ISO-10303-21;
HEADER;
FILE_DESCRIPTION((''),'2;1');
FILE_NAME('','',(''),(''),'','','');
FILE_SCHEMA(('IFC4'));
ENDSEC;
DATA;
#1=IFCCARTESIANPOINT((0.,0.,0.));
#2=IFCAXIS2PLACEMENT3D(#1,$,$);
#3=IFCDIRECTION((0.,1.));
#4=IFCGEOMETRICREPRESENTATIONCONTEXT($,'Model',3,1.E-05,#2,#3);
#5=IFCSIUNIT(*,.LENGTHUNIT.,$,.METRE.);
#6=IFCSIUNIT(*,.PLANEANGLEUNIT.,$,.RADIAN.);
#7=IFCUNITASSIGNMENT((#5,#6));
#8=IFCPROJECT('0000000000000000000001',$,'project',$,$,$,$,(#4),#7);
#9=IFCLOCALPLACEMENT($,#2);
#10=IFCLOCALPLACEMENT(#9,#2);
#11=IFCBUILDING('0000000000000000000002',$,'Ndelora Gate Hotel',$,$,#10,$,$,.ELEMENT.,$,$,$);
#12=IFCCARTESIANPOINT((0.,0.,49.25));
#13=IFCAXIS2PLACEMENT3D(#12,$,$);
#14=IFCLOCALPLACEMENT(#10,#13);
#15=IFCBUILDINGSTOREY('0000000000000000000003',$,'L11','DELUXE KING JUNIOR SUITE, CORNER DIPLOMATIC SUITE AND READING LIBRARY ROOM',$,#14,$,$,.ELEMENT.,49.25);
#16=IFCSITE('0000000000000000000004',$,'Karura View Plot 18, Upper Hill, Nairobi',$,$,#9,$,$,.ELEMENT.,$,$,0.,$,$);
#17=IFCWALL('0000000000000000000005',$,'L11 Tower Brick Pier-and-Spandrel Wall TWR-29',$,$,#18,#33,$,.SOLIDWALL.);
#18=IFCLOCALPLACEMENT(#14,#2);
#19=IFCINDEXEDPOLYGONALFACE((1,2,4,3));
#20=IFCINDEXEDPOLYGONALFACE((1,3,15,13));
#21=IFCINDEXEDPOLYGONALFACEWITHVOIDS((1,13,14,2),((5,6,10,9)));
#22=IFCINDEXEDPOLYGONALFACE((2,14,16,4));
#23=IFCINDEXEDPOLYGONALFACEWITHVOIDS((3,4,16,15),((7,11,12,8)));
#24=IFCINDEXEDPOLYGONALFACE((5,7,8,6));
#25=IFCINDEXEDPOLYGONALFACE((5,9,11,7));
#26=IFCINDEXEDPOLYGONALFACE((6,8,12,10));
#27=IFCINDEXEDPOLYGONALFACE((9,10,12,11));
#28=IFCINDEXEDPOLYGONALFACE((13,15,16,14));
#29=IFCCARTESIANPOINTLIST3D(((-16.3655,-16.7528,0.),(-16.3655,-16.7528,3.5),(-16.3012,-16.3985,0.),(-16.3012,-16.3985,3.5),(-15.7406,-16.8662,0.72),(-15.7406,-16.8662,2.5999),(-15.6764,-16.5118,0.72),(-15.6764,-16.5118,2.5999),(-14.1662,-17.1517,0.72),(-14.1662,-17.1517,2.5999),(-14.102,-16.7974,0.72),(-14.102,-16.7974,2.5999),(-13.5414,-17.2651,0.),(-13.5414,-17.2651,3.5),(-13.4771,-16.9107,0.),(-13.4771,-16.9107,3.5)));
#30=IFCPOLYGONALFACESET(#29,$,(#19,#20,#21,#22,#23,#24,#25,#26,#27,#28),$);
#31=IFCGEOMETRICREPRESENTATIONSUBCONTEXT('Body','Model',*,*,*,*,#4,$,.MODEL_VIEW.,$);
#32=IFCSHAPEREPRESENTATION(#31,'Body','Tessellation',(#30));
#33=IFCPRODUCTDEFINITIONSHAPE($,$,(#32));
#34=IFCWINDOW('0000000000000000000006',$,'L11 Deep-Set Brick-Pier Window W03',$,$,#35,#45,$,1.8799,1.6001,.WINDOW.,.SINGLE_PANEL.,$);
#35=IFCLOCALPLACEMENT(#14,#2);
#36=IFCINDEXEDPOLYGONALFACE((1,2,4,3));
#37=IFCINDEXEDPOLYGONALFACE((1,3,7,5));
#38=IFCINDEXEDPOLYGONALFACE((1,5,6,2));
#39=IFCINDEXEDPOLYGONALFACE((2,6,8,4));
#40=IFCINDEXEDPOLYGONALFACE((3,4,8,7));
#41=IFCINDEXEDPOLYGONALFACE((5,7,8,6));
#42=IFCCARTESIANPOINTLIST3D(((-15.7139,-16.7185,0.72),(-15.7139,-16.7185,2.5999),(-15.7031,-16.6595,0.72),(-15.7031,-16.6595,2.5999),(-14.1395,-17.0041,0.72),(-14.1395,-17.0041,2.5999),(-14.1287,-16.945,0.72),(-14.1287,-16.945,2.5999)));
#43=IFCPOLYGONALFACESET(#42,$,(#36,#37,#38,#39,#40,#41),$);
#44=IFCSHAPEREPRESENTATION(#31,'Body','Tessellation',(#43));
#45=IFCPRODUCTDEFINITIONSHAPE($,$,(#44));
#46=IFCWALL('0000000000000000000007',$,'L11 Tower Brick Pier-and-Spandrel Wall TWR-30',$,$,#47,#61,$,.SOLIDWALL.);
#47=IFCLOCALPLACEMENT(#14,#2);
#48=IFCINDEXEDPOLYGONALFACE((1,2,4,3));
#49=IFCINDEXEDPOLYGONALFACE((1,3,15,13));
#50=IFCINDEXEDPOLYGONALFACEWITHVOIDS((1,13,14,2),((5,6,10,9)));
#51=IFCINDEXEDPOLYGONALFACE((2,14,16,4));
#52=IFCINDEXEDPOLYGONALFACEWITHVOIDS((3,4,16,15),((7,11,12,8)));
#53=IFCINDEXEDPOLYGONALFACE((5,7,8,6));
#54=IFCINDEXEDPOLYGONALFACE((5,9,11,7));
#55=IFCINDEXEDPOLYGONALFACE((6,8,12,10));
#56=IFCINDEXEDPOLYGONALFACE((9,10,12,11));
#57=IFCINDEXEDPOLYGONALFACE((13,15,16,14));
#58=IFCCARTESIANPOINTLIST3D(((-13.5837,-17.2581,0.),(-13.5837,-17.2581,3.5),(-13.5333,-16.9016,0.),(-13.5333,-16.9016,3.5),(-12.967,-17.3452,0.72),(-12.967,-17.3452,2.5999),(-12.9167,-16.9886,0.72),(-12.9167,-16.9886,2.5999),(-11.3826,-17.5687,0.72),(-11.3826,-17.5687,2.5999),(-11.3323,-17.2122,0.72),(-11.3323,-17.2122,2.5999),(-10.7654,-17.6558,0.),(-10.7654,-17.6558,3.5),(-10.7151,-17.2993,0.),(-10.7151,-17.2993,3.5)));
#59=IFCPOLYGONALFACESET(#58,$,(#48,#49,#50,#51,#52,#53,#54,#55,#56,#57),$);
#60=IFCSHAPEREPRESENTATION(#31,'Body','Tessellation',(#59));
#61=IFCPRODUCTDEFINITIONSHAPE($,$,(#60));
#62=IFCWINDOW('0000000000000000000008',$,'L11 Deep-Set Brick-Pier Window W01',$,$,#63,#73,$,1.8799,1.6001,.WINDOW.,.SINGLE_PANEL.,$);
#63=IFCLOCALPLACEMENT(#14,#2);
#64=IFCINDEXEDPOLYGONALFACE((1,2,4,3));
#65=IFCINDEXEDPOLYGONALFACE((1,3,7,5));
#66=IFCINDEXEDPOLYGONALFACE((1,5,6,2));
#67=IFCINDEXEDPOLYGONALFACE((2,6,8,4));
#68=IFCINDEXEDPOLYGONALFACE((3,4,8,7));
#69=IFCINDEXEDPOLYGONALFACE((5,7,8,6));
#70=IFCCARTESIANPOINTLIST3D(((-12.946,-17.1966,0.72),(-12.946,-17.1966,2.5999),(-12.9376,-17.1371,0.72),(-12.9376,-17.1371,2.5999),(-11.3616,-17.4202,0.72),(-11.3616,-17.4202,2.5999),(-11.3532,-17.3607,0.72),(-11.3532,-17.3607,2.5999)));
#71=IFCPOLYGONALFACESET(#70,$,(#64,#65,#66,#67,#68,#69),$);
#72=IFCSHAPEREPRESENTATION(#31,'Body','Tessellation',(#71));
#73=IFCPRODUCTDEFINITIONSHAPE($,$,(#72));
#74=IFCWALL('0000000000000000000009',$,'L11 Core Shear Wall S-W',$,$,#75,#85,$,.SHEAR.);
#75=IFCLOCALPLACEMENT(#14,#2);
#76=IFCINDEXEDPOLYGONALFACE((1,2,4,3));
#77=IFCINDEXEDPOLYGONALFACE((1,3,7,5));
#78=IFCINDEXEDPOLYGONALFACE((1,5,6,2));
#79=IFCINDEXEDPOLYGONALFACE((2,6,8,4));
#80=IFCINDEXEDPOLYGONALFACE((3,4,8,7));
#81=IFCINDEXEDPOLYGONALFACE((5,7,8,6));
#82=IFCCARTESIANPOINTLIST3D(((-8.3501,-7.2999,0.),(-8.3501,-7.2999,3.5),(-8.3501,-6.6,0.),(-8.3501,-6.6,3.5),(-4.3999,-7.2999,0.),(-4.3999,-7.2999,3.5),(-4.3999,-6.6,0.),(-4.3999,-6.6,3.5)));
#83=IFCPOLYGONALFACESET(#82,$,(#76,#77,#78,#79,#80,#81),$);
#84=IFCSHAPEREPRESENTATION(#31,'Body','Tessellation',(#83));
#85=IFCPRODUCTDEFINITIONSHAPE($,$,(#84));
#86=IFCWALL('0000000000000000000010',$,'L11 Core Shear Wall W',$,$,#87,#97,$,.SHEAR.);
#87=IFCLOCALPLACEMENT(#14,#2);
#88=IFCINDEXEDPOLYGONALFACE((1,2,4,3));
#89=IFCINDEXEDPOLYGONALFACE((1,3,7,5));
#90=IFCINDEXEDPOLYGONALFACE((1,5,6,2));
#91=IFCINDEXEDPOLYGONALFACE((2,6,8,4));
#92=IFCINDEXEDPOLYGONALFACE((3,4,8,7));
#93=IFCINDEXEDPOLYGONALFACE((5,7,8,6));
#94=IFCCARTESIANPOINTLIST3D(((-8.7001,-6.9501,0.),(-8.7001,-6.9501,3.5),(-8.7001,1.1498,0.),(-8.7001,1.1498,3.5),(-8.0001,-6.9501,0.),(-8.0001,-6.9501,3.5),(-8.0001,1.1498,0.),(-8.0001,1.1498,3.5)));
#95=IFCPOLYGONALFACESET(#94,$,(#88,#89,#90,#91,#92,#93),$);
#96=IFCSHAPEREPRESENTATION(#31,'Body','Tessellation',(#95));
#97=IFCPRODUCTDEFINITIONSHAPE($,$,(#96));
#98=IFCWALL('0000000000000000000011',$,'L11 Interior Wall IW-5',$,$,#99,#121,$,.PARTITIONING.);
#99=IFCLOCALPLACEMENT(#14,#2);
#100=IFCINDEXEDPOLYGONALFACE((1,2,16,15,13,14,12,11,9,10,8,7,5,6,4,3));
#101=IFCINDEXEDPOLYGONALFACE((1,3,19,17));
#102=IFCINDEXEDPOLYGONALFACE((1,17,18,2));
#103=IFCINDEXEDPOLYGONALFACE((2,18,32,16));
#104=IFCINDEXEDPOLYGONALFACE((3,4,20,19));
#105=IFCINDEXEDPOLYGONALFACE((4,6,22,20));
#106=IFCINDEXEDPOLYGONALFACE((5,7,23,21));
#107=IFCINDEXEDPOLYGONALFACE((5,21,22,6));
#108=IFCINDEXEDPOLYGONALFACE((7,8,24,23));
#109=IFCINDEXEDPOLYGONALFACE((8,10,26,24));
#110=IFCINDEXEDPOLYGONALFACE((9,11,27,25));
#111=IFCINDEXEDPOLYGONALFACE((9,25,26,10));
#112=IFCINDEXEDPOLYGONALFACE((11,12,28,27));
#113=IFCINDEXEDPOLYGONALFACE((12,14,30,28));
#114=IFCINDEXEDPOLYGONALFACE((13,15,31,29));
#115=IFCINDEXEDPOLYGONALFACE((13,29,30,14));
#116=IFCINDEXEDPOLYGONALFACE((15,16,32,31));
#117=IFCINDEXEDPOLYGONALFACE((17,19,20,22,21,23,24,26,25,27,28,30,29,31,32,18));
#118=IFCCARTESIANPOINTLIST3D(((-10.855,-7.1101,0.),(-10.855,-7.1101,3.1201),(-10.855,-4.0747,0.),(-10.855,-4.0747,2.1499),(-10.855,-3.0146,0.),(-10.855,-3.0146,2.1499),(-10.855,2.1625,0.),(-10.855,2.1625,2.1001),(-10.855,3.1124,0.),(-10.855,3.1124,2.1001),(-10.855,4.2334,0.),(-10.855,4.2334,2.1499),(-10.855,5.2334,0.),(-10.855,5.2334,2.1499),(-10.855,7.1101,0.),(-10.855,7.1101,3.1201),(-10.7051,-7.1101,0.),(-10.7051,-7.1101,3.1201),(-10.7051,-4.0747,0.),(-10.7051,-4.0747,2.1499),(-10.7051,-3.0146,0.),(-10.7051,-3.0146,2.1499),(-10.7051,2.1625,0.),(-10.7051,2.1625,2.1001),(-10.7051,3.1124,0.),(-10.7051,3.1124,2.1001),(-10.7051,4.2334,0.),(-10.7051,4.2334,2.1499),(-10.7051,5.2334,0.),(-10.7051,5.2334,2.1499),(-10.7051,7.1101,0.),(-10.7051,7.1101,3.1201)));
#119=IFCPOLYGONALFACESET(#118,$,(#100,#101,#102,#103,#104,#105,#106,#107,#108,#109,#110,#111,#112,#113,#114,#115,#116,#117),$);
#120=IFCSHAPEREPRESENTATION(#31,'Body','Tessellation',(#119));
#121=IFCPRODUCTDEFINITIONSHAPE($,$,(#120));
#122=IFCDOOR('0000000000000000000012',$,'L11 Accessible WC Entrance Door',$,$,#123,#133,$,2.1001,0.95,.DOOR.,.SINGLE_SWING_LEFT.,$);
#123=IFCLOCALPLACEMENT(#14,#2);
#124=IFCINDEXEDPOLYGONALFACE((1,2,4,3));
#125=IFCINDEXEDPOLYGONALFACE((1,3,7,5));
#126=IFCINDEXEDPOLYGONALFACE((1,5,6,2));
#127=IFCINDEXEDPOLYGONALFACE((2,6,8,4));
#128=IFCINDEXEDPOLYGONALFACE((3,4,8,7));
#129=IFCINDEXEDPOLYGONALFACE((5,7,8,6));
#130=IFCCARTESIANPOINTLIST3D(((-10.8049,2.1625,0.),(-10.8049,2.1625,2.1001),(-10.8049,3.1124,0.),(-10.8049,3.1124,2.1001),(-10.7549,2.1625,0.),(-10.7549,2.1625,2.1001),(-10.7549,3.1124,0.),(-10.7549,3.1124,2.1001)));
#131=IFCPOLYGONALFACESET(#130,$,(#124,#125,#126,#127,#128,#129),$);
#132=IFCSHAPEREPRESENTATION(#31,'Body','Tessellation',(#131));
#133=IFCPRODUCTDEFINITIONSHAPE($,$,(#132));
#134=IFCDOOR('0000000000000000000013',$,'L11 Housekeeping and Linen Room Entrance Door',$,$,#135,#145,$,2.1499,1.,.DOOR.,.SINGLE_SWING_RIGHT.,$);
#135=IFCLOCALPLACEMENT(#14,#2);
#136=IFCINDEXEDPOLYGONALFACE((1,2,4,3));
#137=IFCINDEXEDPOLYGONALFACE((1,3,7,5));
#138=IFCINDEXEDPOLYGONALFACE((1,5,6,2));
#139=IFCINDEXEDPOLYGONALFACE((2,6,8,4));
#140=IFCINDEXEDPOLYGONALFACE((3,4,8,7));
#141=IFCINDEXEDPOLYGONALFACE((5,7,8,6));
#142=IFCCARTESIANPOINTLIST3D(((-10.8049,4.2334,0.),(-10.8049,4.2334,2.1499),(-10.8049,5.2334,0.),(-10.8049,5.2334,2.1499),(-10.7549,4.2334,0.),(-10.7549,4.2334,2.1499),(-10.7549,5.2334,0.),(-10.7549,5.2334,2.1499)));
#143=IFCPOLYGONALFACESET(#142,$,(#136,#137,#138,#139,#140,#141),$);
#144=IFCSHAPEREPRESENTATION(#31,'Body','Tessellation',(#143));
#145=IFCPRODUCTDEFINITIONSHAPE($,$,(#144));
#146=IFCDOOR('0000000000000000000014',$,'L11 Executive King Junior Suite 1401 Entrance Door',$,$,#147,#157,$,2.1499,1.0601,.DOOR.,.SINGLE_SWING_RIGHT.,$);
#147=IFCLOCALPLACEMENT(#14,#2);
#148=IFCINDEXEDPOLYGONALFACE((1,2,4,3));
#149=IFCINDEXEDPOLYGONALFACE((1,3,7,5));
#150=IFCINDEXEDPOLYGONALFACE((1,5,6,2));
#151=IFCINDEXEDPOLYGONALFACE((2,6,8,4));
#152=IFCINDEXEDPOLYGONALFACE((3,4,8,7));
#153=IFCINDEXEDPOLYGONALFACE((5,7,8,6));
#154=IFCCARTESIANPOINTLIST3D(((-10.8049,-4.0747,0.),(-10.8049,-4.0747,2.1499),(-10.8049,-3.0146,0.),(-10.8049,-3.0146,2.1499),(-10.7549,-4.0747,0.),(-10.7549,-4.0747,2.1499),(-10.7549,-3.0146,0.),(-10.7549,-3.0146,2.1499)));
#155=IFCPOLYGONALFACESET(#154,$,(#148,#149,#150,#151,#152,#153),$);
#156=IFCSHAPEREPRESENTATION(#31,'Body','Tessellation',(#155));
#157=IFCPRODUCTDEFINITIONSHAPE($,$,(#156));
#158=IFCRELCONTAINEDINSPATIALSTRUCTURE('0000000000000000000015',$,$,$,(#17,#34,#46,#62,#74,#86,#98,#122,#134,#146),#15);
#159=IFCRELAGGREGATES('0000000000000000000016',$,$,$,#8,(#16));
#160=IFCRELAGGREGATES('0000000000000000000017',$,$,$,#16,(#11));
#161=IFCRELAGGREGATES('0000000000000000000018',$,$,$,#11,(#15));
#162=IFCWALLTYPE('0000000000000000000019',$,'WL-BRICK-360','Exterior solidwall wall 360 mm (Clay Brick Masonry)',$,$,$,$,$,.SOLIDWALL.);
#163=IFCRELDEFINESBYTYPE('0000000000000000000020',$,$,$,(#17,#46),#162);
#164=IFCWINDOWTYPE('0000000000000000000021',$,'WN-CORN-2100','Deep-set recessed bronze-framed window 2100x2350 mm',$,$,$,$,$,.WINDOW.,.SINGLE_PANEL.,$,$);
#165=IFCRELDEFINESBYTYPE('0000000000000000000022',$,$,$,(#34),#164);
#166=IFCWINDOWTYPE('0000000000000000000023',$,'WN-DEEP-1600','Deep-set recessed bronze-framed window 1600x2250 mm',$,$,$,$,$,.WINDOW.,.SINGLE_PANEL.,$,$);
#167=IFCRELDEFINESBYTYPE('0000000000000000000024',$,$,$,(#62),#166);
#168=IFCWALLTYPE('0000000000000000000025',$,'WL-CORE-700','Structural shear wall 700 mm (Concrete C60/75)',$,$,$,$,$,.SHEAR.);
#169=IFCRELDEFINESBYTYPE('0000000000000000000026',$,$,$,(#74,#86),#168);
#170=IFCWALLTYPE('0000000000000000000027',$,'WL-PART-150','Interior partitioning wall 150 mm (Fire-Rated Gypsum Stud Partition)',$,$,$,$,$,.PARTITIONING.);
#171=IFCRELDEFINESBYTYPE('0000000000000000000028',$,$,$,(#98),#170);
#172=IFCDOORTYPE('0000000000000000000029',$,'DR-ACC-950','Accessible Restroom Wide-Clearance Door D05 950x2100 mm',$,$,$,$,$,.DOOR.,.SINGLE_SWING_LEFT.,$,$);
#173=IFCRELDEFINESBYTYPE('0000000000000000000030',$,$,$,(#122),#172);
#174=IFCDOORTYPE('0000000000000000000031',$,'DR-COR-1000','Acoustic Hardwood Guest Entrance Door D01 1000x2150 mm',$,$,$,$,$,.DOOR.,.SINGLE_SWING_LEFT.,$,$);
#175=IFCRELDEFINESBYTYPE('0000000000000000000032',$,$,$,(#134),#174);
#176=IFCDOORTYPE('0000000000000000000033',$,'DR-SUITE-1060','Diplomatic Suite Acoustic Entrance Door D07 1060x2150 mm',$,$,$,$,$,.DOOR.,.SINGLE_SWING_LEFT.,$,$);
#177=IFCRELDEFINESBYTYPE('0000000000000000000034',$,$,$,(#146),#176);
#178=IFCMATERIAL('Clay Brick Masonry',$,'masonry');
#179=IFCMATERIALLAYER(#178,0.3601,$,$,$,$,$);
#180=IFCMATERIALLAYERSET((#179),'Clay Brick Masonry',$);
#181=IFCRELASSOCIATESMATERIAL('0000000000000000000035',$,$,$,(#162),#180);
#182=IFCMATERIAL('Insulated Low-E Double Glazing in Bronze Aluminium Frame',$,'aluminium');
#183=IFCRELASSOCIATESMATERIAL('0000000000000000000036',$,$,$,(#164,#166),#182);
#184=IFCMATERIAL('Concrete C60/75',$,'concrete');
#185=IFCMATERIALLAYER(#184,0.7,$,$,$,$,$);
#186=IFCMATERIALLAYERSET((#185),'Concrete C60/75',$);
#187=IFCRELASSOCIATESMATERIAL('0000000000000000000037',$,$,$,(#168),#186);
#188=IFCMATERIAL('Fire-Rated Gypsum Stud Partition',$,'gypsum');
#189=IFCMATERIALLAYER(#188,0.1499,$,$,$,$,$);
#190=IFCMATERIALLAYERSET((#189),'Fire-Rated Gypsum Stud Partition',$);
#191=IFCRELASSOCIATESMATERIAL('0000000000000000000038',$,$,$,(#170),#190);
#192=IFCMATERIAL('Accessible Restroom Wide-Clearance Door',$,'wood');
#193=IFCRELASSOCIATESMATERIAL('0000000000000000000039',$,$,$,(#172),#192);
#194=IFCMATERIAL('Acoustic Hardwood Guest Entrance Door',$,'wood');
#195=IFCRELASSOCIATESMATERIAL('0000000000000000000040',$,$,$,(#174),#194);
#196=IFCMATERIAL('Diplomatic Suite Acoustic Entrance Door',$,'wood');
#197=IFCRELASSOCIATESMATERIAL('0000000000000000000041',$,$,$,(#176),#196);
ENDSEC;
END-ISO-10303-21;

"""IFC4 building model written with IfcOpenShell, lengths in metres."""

from ifc_helpers import new_model, si_unit, direction, frame, frame_2d, origin, place, context, subcontext, project, spatial, rectangle, extrude, material, layer, layer_set, type_object, element, fill, save


model = new_model("IFC4")

# Units and contexts
model_context = context("Model", 3, precision=1e-05, world=origin(), true_north=direction((0.0, 1.0)))
body_context = subcontext(model_context, "Body", "Model", "MODEL_VIEW")
ifc_project = project(units=[si_unit("LENGTHUNIT", "METRE"), si_unit("PLANEANGLEUNIT", "RADIAN")], contexts=[model_context])

# Site, building, storey
site_placement = place(None, origin())
site = spatial("IfcSite", under=ifc_project, at=site_placement, Name="Karura View Plot 18, Upper Hill, Nairobi", CompositionType="ELEMENT", RefElevation=0.0)
building_placement = place(site_placement, origin())
building = spatial("IfcBuilding", under=site, at=building_placement, Name="Ndelora Gate Hotel", CompositionType="ELEMENT")
storey_placement = place(building_placement, frame((0.0, 0.0, 49.25)))
storey = spatial("IfcBuildingStorey", under=building, at=storey_placement, Name="L11", Description="DELUXE KING JUNIOR SUITE, CORNER DIPLOMATIC SUITE AND READING LIBRARY ROOM", CompositionType="ELEMENT", Elevation=49.25)

# Shared definitions
ifc_material_1 = material(Name="Concrete C60/75", Category="concrete")

# Walls, openings, windows
ifc_material_2 = material(Name="Clay Brick Masonry", Category="masonry")
ifc_layer_1 = layer(ifc_material_2, 0.3601)
ifc_layer_set_1 = layer_set([ifc_layer_1], Name="Clay Brick Masonry")
wall_type_1 = type_object("IfcWallType", Name="WL-BRICK-360", Description="Exterior solidwall wall 360 mm (Clay Brick Masonry)", PredefinedType="SOLIDWALL", material=ifc_layer_set_1)
wall_1_placement = place(storey_placement, frame((-13.5093, -17.0879, 0.0), z_axis=(0.0, 0.0, 1.0), x_axis=(-0.983946, 0.178466, 0.0)))
wall_1 = element("IfcWall", 1, at=wall_1_placement, inside=storey, type_object=wall_type_1, Name="L11 Tower Brick Pier-and-Spandrel Wall TWR-29", PredefinedType="SOLIDWALL", context=body_context, shape_type="SweptSolid", body=[
    extrude(rectangle(XDim=2.8701, YDim=0.3601, at=frame_2d((1.4351, 0.0))), origin(), (0.0, 0.0, 1.0), 3.5),
])
opening_1_placement = place(wall_1_placement, frame((0.635, 0.0, 0.72)))
opening_1 = element("IfcOpeningElement", 2, at=opening_1_placement, cuts=wall_1, PredefinedType="OPENING", context=body_context, shape_type="SweptSolid", body=[
    extrude(rectangle(XDim=1.6001, YDim=1.8799, at=frame_2d((0.8, 0.9399))), frame((0.0, 0.1899, 0.0), z_axis=(0.0, -1.0, 0.0), x_axis=(1.0, 0.0, 0.0)), (0.0, 0.0, 1.0), 0.3801),
])
ifc_material_3 = material(Name="Insulated Low-E Double Glazing in Bronze Aluminium Frame", Category="aluminium")
window_type_1 = type_object("IfcWindowType", Name="WN-CORN-2100", Description="Deep-set recessed bronze-framed window 2100x2350 mm", PartitioningType="SINGLE_PANEL", PredefinedType="WINDOW", material=ifc_material_3)
window_1_placement = place(opening_1_placement, origin())
window_1 = element("IfcWindow", 3, at=window_1_placement, inside=storey, type_object=window_type_1, Name="L11 Deep-Set Brick-Pier Window W03", OverallHeight=1.8799, OverallWidth=1.6001, PartitioningType="SINGLE_PANEL", PredefinedType="WINDOW", context=body_context, shape_type="SweptSolid", body=[
    extrude(rectangle(XDim=1.6001, YDim=1.8799, at=frame_2d((0.8, 0.9399))), frame((0.0, 0.03, 0.0), z_axis=(0.0, -1.0, 0.0), x_axis=(1.0, 0.0, 0.0)), (0.0, 0.0, 1.0), 0.0601),
])
fill(opening_1, window_1)
wall_2_placement = place(storey_placement, frame((-10.7402, -17.4775, 0.0), z_axis=(0.0, 0.0, 1.0), x_axis=(-0.99019, 0.139728, 0.0)))
wall_2 = element("IfcWall", 4, at=wall_2_placement, inside=storey, type_object=wall_type_1, Name="L11 Tower Brick Pier-and-Spandrel Wall TWR-30", PredefinedType="SOLIDWALL", context=body_context, shape_type="SweptSolid", body=[
    extrude(rectangle(XDim=2.8462, YDim=0.3601, at=frame_2d((1.4231, 0.0))), origin(), (0.0, 0.0, 1.0), 3.5),
])
opening_2_placement = place(wall_2_placement, frame((0.6233, 0.0, 0.72)))
opening_2 = element("IfcOpeningElement", 5, at=opening_2_placement, cuts=wall_2, PredefinedType="OPENING", context=body_context, shape_type="SweptSolid", body=[
    extrude(rectangle(XDim=1.6001, YDim=1.8799, at=frame_2d((0.8, 0.9399))), frame((0.0, 0.1899, 0.0), z_axis=(0.0, -1.0, 0.0), x_axis=(1.0, 0.0, 0.0)), (0.0, 0.0, 1.0), 0.3801),
])
window_type_2 = type_object("IfcWindowType", Name="WN-DEEP-1600", Description="Deep-set recessed bronze-framed window 1600x2250 mm", PartitioningType="SINGLE_PANEL", PredefinedType="WINDOW", material=ifc_material_3)
window_2_placement = place(opening_2_placement, origin())
window_2 = element("IfcWindow", 6, at=window_2_placement, inside=storey, type_object=window_type_2, Name="L11 Deep-Set Brick-Pier Window W01", OverallHeight=1.8799, OverallWidth=1.6001, PartitioningType="SINGLE_PANEL", PredefinedType="WINDOW", context=body_context, shape_type="SweptSolid", body=[
    extrude(rectangle(XDim=1.6001, YDim=1.8799, at=frame_2d((0.8, 0.9399))), frame((0.0, 0.03, 0.0), z_axis=(0.0, -1.0, 0.0), x_axis=(1.0, 0.0, 0.0)), (0.0, 0.0, 1.0), 0.0601),
])
fill(opening_2, window_2)

# Walls
ifc_layer_2 = layer(ifc_material_1, 0.7)
ifc_layer_set_2 = layer_set([ifc_layer_2], Name="Concrete C60/75")
wall_type_2 = type_object("IfcWallType", Name="WL-CORE-700", Description="Structural shear wall 700 mm (Concrete C60/75)", PredefinedType="SHEAR", material=ifc_layer_set_2)
wall_3_placement = place(storey_placement, frame((-8.3501, -6.95, 0.0), z_axis=(0.0, 0.0, 1.0), x_axis=(1.0, 0.0, 0.0)))
element("IfcWall", 7, at=wall_3_placement, inside=storey, type_object=wall_type_2, Name="L11 Core Shear Wall S-W", PredefinedType="SHEAR", context=body_context, shape_type="SweptSolid", body=[
    extrude(rectangle(XDim=3.9502, YDim=0.7, at=frame_2d((1.9751, 0.0))), origin(), (0.0, 0.0, 1.0), 3.5),
])
wall_4_placement = place(storey_placement, frame((-8.3501, -6.95, 0.0), z_axis=(0.0, 0.0, 1.0), x_axis=(0.0, 1.0, 0.0)))
element("IfcWall", 8, at=wall_4_placement, inside=storey, type_object=wall_type_2, Name="L11 Core Shear Wall W", PredefinedType="SHEAR", context=body_context, shape_type="SweptSolid", body=[
    extrude(rectangle(XDim=8.0999, YDim=0.7, at=frame_2d((4.0498, 0.0))), origin(), (0.0, 0.0, 1.0), 3.5),
])

# Wall, openings, doors
ifc_material_4 = material(Name="Fire-Rated Gypsum Stud Partition", Category="gypsum")
ifc_layer_3 = layer(ifc_material_4, 0.1499)
ifc_layer_set_3 = layer_set([ifc_layer_3], Name="Fire-Rated Gypsum Stud Partition")
wall_type_3 = type_object("IfcWallType", Name="WL-PART-150", Description="Interior partitioning wall 150 mm (Fire-Rated Gypsum Stud Partition)", PredefinedType="PARTITIONING", material=ifc_layer_set_3)
wall_5_placement = place(storey_placement, frame((-10.78, -7.1101, 0.0), z_axis=(0.0, 0.0, 1.0), x_axis=(0.0, 1.0, 0.0)))
wall_5 = element("IfcWall", 9, at=wall_5_placement, inside=storey, type_object=wall_type_3, Name="L11 Interior Wall IW-5", PredefinedType="PARTITIONING", context=body_context, shape_type="SweptSolid", body=[
    extrude(rectangle(XDim=14.2202, YDim=0.1499, at=frame_2d((7.1101, 0.0))), origin(), (0.0, 0.0, 1.0), 3.1201),
])
opening_3_placement = place(wall_5_placement, frame((11.3435, 0.0, 0.0)))
opening_3 = element("IfcOpeningElement", 10, at=opening_3_placement, cuts=wall_5, PredefinedType="OPENING", context=body_context, shape_type="SweptSolid", body=[
    extrude(rectangle(XDim=1.0, YDim=2.1499, at=frame_2d((0.5, 1.075))), frame((0.0, 0.085, 0.0), z_axis=(0.0, -1.0, 0.0), x_axis=(1.0, 0.0, 0.0)), (0.0, 0.0, 1.0), 0.1699),
])
opening_4_placement = place(wall_5_placement, frame((9.2725, 0.0, 0.0)))
opening_4 = element("IfcOpeningElement", 11, at=opening_4_placement, cuts=wall_5, PredefinedType="OPENING", context=body_context, shape_type="SweptSolid", body=[
    extrude(rectangle(XDim=0.95, YDim=2.1001, at=frame_2d((0.4751, 1.05))), frame((0.0, 0.085, 0.0), z_axis=(0.0, -1.0, 0.0), x_axis=(1.0, 0.0, 0.0)), (0.0, 0.0, 1.0), 0.1699),
])
opening_5_placement = place(wall_5_placement, frame((3.0354, 0.0, 0.0)))
opening_5 = element("IfcOpeningElement", 12, at=opening_5_placement, cuts=wall_5, PredefinedType="OPENING", context=body_context, shape_type="SweptSolid", body=[
    extrude(rectangle(XDim=1.0601, YDim=2.1499, at=frame_2d((0.53, 1.075))), frame((0.0, 0.085, 0.0), z_axis=(0.0, -1.0, 0.0), x_axis=(1.0, 0.0, 0.0)), (0.0, 0.0, 1.0), 0.1699),
])
ifc_material_5 = material(Name="Accessible Restroom Wide-Clearance Door", Category="wood")
door_type_1 = type_object("IfcDoorType", Name="DR-ACC-950", Description="Accessible Restroom Wide-Clearance Door D05 950x2100 mm", OperationType="SINGLE_SWING_LEFT", PredefinedType="DOOR", material=ifc_material_5)
door_1_placement = place(opening_4_placement, origin())
door_1 = element("IfcDoor", 13, at=door_1_placement, inside=storey, type_object=door_type_1, Name="L11 Accessible WC Entrance Door", OperationType="SINGLE_SWING_LEFT", OverallHeight=2.1001, OverallWidth=0.95, PredefinedType="DOOR", context=body_context, shape_type="SweptSolid", body=[
    extrude(rectangle(XDim=0.95, YDim=2.1001, at=frame_2d((0.4751, 1.05))), frame((0.0, 0.0249, 0.0), z_axis=(0.0, -1.0, 0.0), x_axis=(1.0, 0.0, 0.0)), (0.0, 0.0, 1.0), 0.05),
])
fill(opening_4, door_1)
ifc_material_6 = material(Name="Acoustic Hardwood Guest Entrance Door", Category="wood")
door_type_2 = type_object("IfcDoorType", Name="DR-COR-1000", Description="Acoustic Hardwood Guest Entrance Door D01 1000x2150 mm", OperationType="SINGLE_SWING_LEFT", PredefinedType="DOOR", material=ifc_material_6)
door_2_placement = place(opening_3_placement, origin())
door_2 = element("IfcDoor", 14, at=door_2_placement, inside=storey, type_object=door_type_2, Name="L11 Housekeeping and Linen Room Entrance Door", OperationType="SINGLE_SWING_RIGHT", OverallHeight=2.1499, OverallWidth=1.0, PredefinedType="DOOR", context=body_context, shape_type="SweptSolid", body=[
    extrude(rectangle(XDim=1.0, YDim=2.1499, at=frame_2d((0.5, 1.075))), frame((0.0, 0.0249, 0.0), z_axis=(0.0, -1.0, 0.0), x_axis=(1.0, 0.0, 0.0)), (0.0, 0.0, 1.0), 0.05),
])
fill(opening_3, door_2)
ifc_material_7 = material(Name="Diplomatic Suite Acoustic Entrance Door", Category="wood")
door_type_3 = type_object("IfcDoorType", Name="DR-SUITE-1060", Description="Diplomatic Suite Acoustic Entrance Door D07 1060x2150 mm", OperationType="SINGLE_SWING_LEFT", PredefinedType="DOOR", material=ifc_material_7)
door_3_placement = place(opening_5_placement, origin())
door_3 = element("IfcDoor", 15, at=door_3_placement, inside=storey, type_object=door_type_3, Name="L11 Executive King Junior Suite 1401 Entrance Door", OperationType="SINGLE_SWING_RIGHT", OverallHeight=2.1499, OverallWidth=1.0601, PredefinedType="DOOR", context=body_context, shape_type="SweptSolid", body=[
    extrude(rectangle(XDim=1.0601, YDim=2.1499, at=frame_2d((0.53, 1.075))), frame((0.0, 0.0249, 0.0), z_axis=(0.0, -1.0, 0.0), x_axis=(1.0, 0.0, 0.0)), (0.0, 0.0, 1.0), 0.05),
])
fill(opening_5, door_3)

save(model, "model.ifc")
